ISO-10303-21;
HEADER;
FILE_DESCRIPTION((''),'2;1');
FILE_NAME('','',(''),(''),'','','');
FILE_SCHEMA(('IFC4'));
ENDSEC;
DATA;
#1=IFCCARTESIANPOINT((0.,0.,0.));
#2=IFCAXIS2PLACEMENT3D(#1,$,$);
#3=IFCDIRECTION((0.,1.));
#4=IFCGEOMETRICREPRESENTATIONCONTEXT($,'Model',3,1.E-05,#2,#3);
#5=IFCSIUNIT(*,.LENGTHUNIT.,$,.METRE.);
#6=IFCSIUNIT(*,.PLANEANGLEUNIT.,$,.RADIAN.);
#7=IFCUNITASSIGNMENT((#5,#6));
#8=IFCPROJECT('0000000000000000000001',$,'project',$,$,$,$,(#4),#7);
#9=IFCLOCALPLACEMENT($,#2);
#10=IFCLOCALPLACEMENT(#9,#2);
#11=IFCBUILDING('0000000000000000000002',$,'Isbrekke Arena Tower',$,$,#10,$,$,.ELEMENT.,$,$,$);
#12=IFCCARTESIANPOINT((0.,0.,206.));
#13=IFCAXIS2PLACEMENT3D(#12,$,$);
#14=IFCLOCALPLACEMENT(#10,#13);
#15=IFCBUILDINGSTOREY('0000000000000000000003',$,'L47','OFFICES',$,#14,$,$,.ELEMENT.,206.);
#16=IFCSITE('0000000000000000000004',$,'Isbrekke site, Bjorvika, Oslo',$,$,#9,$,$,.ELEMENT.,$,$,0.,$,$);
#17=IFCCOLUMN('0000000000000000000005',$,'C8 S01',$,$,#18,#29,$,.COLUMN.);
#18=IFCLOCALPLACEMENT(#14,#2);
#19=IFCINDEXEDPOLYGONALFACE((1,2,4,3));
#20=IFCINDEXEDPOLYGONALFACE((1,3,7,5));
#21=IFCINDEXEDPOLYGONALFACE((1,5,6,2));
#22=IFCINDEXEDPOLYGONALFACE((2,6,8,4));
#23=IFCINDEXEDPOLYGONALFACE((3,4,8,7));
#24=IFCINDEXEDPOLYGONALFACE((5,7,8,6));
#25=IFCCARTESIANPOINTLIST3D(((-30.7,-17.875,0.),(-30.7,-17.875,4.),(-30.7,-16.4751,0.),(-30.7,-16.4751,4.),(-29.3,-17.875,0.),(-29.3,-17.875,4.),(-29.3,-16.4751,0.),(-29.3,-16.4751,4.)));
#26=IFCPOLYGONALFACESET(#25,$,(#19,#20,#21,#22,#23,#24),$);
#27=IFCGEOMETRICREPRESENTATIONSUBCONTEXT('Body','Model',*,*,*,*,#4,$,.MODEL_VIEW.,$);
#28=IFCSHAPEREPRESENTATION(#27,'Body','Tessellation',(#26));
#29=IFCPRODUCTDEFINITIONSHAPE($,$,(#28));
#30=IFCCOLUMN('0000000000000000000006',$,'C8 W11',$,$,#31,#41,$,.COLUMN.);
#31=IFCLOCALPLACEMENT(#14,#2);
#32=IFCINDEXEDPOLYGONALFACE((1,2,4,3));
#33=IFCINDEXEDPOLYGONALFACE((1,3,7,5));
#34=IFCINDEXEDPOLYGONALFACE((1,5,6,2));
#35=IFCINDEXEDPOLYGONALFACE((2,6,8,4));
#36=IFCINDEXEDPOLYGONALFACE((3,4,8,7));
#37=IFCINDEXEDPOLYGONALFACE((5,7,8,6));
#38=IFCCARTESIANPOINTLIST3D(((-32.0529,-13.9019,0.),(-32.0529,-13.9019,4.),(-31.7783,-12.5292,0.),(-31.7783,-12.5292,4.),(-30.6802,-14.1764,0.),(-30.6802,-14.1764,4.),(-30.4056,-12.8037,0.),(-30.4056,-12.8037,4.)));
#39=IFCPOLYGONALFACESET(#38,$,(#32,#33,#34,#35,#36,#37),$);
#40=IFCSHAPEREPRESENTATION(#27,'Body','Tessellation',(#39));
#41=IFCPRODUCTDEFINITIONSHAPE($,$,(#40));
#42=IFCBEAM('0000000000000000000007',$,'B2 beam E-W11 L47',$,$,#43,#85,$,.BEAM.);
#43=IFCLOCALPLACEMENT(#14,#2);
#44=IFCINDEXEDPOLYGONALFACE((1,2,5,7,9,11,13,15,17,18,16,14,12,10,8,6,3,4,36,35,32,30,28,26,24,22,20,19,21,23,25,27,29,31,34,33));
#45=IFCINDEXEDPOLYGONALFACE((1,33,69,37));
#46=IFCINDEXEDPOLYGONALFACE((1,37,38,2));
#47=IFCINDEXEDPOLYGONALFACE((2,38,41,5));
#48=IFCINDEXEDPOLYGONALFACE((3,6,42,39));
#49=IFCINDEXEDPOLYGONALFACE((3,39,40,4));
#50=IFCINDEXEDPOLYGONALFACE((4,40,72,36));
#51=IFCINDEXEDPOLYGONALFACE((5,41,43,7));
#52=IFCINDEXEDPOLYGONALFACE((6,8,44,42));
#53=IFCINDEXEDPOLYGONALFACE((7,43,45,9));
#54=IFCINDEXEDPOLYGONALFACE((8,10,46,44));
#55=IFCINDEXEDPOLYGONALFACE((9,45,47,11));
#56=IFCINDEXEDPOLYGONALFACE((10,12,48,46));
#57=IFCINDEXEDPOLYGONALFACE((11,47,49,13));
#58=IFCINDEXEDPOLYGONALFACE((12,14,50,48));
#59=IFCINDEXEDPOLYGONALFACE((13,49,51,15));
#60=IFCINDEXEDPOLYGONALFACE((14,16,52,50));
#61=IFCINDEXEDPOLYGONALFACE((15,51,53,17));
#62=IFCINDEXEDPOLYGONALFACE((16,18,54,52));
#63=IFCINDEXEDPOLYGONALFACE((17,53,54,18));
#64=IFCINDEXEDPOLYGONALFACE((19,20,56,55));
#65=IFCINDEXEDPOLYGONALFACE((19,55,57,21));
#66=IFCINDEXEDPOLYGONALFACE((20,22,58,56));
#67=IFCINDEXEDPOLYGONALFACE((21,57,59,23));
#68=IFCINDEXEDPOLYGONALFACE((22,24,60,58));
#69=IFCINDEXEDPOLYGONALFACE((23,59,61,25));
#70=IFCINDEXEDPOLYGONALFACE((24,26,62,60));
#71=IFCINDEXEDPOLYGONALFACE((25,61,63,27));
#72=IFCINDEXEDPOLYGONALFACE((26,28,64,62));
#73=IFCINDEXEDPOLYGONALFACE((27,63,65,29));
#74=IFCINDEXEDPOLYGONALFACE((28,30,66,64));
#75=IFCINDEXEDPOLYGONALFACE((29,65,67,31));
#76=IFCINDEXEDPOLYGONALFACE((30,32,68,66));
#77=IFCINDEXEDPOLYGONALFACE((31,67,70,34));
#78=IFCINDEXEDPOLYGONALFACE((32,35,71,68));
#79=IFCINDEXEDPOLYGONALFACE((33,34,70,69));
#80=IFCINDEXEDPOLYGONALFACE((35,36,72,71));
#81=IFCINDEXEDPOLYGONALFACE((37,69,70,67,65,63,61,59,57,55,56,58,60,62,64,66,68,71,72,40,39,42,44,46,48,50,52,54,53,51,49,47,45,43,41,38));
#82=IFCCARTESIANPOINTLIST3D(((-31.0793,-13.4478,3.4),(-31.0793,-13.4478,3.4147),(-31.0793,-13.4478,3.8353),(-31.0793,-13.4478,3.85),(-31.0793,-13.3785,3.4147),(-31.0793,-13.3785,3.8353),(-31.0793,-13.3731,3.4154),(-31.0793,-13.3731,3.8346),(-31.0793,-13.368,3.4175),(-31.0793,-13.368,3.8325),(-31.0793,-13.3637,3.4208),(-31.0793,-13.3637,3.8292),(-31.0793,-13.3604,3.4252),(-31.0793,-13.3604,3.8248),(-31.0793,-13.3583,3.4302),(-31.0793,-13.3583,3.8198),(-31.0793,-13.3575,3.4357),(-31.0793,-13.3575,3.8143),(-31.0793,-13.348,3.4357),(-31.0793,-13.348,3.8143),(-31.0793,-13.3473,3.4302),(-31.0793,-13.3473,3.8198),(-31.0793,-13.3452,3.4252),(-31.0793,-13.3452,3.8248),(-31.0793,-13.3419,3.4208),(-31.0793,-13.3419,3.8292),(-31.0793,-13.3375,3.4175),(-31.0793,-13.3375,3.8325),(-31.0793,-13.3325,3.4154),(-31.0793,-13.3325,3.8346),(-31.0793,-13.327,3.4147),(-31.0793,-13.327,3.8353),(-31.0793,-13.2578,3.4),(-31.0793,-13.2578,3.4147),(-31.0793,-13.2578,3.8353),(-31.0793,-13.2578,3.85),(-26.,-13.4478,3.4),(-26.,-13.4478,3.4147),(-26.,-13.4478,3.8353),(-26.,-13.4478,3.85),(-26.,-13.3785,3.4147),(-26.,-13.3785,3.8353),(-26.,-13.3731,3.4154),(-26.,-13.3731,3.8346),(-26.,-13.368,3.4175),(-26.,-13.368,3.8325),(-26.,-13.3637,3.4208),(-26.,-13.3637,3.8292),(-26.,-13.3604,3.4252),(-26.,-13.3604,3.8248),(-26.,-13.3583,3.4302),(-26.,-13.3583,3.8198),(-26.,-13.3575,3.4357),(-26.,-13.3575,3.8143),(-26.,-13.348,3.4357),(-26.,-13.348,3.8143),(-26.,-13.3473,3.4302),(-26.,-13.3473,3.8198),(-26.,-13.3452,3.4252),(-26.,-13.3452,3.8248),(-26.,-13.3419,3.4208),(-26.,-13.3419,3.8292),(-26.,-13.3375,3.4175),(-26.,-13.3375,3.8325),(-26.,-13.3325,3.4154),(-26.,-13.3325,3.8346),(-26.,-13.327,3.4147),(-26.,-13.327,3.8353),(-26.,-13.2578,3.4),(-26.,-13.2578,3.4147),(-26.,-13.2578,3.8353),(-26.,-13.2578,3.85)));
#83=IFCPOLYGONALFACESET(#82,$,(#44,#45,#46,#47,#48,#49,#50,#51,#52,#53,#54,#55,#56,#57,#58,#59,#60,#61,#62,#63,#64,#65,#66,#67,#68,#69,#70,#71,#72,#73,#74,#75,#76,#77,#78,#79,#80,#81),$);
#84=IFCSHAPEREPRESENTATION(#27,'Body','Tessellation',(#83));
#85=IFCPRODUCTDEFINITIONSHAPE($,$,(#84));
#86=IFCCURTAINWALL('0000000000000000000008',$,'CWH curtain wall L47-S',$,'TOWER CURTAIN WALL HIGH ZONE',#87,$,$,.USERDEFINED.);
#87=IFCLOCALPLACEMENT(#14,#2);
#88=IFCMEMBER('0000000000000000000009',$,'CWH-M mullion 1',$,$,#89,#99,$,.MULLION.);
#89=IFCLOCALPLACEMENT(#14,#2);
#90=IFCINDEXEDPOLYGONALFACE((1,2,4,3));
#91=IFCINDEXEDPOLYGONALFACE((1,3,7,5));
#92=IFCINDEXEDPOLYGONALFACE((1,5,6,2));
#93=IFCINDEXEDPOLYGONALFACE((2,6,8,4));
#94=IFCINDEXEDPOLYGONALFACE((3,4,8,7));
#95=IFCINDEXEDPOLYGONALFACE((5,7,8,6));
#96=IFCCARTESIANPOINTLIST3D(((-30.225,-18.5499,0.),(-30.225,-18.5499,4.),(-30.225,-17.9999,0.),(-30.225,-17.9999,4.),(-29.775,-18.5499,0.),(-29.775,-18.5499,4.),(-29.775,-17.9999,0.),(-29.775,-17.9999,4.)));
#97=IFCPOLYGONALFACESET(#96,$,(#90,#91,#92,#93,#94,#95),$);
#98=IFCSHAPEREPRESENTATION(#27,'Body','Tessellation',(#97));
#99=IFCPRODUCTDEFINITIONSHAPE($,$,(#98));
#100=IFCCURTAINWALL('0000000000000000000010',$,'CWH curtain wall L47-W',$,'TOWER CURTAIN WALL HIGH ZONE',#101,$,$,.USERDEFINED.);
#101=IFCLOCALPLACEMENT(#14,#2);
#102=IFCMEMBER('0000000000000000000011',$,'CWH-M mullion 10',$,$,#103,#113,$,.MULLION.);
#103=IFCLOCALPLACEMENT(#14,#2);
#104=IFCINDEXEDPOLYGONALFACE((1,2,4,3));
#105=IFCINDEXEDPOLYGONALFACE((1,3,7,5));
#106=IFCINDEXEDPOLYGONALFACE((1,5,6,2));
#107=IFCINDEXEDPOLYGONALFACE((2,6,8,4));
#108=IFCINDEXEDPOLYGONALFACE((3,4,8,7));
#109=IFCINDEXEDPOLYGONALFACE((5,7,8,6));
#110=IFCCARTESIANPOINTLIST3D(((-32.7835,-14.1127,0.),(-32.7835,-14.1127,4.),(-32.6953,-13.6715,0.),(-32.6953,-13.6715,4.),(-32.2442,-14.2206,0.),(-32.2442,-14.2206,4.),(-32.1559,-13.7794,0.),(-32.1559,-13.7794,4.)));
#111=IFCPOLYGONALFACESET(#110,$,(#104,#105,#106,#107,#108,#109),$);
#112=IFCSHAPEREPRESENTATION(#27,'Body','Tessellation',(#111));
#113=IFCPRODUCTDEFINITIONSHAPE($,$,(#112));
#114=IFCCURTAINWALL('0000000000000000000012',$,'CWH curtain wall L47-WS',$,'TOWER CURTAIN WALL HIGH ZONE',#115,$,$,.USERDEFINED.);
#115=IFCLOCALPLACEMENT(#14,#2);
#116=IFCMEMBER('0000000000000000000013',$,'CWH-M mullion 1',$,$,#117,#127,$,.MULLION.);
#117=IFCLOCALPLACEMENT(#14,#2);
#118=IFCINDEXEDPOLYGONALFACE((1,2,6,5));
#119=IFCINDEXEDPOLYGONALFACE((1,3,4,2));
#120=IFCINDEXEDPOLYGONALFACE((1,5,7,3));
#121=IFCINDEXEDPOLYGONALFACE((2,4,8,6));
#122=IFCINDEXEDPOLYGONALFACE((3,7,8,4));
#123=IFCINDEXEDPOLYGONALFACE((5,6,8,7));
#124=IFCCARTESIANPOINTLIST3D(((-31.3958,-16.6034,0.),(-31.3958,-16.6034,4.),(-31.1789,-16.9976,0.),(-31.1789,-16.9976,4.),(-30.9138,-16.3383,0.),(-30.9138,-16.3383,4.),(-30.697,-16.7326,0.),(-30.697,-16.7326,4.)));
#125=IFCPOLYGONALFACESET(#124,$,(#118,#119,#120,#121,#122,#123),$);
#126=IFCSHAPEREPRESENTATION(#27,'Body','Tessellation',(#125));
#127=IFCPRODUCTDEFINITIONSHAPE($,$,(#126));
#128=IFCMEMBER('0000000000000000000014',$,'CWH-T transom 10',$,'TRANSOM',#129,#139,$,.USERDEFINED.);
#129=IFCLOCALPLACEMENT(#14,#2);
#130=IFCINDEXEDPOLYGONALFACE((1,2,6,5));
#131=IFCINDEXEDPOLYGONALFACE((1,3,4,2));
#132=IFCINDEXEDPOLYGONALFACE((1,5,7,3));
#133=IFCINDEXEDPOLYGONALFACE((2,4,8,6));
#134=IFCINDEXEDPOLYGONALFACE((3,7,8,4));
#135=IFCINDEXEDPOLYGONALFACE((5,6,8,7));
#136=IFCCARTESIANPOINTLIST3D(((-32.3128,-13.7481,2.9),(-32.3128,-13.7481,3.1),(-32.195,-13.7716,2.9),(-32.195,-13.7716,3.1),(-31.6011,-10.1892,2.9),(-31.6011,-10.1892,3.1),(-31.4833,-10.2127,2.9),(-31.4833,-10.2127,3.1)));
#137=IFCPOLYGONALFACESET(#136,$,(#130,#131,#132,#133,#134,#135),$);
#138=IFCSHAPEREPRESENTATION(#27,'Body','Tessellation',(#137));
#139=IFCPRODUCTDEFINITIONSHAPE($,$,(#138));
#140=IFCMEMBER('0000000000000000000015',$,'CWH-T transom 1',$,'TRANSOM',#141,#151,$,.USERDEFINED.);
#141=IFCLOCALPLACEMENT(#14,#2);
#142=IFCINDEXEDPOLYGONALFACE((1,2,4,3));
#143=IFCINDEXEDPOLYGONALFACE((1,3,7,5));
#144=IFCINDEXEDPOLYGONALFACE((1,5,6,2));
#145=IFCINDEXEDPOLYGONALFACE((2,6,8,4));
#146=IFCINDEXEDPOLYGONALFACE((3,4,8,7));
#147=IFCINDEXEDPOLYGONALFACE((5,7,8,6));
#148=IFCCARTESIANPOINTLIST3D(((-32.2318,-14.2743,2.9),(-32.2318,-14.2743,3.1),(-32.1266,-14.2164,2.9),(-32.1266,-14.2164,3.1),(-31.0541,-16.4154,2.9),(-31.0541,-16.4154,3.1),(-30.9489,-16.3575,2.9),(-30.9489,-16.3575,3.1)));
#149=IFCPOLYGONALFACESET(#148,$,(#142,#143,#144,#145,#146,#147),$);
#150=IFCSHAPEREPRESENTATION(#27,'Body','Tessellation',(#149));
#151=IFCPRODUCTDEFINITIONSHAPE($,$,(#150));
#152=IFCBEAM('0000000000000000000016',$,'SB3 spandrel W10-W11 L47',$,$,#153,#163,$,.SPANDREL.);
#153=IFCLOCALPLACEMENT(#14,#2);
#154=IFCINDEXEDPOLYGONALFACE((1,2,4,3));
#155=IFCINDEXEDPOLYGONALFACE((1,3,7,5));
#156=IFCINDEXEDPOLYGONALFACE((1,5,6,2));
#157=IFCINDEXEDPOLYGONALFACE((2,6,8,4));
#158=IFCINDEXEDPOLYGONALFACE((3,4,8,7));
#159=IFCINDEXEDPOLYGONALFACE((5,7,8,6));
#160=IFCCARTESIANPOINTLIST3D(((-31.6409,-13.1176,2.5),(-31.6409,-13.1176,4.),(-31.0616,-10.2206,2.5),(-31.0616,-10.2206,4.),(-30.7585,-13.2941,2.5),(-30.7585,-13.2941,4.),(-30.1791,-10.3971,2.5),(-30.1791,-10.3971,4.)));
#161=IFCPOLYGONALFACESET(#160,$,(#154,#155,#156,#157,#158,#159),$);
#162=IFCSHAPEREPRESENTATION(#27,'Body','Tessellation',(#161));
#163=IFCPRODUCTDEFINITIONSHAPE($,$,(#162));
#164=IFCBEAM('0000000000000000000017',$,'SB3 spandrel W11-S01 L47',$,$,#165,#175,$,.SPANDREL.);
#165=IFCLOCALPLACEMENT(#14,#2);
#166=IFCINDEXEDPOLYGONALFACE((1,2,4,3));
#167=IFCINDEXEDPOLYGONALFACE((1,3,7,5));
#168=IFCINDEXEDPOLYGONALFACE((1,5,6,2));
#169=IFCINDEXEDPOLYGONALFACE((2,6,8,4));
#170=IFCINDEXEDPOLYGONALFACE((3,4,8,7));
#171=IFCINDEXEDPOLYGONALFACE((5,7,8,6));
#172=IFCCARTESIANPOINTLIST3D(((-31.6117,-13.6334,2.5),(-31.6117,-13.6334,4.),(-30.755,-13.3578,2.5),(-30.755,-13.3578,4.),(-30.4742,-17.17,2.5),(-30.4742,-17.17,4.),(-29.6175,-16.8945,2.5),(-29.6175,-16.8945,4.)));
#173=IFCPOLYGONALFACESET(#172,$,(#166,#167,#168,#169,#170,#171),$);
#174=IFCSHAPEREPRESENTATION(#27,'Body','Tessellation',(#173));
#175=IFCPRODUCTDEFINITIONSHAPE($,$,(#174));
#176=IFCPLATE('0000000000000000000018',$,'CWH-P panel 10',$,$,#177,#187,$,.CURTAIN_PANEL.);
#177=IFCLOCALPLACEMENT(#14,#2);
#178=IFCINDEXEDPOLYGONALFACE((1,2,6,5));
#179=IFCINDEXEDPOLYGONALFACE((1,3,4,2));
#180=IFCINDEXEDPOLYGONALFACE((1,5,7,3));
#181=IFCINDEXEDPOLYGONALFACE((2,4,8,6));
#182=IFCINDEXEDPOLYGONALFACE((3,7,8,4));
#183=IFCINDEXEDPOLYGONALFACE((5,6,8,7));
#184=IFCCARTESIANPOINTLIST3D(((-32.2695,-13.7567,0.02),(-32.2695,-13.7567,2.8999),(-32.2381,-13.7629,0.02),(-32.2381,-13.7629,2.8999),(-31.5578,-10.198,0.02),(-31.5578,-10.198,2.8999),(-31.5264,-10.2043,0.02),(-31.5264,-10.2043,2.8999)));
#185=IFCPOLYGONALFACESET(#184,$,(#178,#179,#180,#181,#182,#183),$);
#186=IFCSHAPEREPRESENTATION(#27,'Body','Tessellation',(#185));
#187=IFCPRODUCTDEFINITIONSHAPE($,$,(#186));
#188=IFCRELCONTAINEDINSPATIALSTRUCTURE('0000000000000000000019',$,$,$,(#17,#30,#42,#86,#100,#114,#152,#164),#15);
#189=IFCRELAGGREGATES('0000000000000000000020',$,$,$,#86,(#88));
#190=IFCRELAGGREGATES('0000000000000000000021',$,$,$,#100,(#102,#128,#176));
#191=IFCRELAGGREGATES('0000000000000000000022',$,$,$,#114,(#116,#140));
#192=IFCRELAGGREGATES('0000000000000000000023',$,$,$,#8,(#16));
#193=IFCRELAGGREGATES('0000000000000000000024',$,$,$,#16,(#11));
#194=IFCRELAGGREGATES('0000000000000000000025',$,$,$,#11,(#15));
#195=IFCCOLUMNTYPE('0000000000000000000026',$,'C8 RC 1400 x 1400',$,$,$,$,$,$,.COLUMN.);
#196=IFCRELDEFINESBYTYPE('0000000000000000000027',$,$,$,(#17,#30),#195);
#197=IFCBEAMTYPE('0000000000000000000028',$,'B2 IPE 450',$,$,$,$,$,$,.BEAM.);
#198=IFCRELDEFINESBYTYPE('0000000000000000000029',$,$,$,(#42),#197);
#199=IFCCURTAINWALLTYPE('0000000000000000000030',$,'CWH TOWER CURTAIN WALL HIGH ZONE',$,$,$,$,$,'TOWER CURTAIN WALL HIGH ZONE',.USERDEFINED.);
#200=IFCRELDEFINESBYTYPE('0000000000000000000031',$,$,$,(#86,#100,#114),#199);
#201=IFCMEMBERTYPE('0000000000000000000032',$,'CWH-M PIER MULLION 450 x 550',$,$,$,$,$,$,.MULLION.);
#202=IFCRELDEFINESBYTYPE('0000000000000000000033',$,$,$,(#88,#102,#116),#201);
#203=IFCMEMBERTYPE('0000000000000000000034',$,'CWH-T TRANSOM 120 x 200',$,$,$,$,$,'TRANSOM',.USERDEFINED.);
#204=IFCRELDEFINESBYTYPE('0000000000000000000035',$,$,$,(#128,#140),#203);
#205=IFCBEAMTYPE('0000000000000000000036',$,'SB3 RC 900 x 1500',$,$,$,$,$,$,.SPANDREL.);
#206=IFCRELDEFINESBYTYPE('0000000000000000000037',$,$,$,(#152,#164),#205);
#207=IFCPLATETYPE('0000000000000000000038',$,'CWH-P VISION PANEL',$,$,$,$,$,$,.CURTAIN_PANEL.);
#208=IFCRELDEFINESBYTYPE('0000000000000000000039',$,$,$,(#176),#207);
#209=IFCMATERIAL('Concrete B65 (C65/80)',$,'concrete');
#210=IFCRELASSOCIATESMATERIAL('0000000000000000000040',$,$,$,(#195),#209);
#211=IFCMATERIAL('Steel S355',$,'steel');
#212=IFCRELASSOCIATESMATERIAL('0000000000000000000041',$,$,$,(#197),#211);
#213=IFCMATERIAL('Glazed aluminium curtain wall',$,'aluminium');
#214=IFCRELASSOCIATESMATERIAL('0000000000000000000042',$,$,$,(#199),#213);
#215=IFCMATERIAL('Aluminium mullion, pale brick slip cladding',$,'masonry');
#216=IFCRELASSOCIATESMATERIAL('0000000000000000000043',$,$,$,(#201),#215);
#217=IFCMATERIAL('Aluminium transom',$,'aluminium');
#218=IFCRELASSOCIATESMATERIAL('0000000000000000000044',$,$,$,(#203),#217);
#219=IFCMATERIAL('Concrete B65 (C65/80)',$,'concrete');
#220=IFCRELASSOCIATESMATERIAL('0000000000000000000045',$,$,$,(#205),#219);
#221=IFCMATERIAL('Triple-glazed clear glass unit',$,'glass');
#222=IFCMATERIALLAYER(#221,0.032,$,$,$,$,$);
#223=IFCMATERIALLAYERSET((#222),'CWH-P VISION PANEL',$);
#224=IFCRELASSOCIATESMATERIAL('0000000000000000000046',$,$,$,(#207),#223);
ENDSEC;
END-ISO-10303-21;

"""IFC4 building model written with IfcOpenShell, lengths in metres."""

from ifc_helpers import new_model, si_unit, direction, frame, origin, origin_2d, place, context, subcontext, project, spatial, rectangle, i_section, extrude, material, layer, layer_set, material_profile, profile_set, type_object, element, aggregate, save


model = new_model("IFC4")

# Units and contexts
model_context = context("Model", 3, precision=1e-05, world=origin(), true_north=direction((0.0, 1.0)))
body_context = subcontext(model_context, "Body", "Model", "MODEL_VIEW")
ifc_project = project(units=[si_unit("LENGTHUNIT", "METRE"), si_unit("PLANEANGLEUNIT", "RADIAN")], contexts=[model_context])

# Site, building, storey
site_placement = place(None, origin())
site = spatial("IfcSite", under=ifc_project, at=site_placement, Name="Isbrekke site, Bjorvika, Oslo", CompositionType="ELEMENT", RefElevation=0.0)
building_placement = place(site_placement, origin())
building = spatial("IfcBuilding", under=site, at=building_placement, Name="Isbrekke Arena Tower", CompositionType="ELEMENT")
storey_placement = place(building_placement, frame((0.0, 0.0, 206.0)))
storey = spatial("IfcBuildingStorey", under=building, at=storey_placement, Name="L47", Description="OFFICES", CompositionType="ELEMENT", Elevation=206.0)

# Columns
ifc_material_1 = material(Name="Concrete B65 (C65/80)", Category="concrete")
ifc_material_profile_1 = material_profile(ifc_material_1, rectangle(XDim=1.3999, YDim=1.3999, at=origin_2d()), Name="RC 1400x1400")
ifc_profile_set_1 = profile_set([ifc_material_profile_1], Name="Concrete B65 (C65/80)")
column_type = type_object("IfcColumnType", Name="C8 RC 1400 x 1400", PredefinedType="COLUMN", material=ifc_profile_set_1)
for number, where, z_axis, x_axis, name in (
    (1, (-30.0, -17.175, 0.0), (0.0, 0.0, 1.0), (1.0, 0.0, 0.0), "C8 S01"),
    (2, (-31.2292, -13.3528, 0.0), (0.0, 0.0, 1.0), (-0.196116, -0.980581, 0.0), "C8 W11"),
):
    element("IfcColumn", number, at=place(storey_placement, frame(where, z_axis=z_axis, x_axis=x_axis)), inside=storey, type_object=column_type, Name=name, PredefinedType="COLUMN", context=body_context, shape_type="SweptSolid", body=[
        extrude(rectangle(XDim=1.3999, YDim=1.3999, at=origin_2d()), origin(), (0.0, 0.0, 1.0), 4.0),
    ])

# Beam
ifc_material_2 = material(Name="Steel S355", Category="steel")
ifc_material_profile_2 = material_profile(ifc_material_2, i_section(OverallWidth=0.1899, OverallDepth=0.45, WebThickness=0.0095, FlangeThickness=0.0146, FilletRadius=0.021, at=origin_2d()), Name="IPE 450")
ifc_profile_set_2 = profile_set([ifc_material_profile_2], Name="Steel S355")
beam_type_1 = type_object("IfcBeamType", Name="B2 IPE 450", PredefinedType="BEAM", material=ifc_profile_set_2)
beam_1_placement = place(storey_placement, frame((-31.0793, -13.3528, 3.625), z_axis=(1.0, 0.0, 0.0), x_axis=(0.0, 1.0, 0.0)))
element("IfcBeam", 3, at=beam_1_placement, inside=storey, type_object=beam_type_1, Name="B2 beam E-W11 L47", PredefinedType="BEAM", context=body_context, shape_type="SweptSolid", body=[
    extrude(i_section(OverallWidth=0.1899, OverallDepth=0.45, WebThickness=0.0095, FlangeThickness=0.0146, FilletRadius=0.021, at=origin_2d()), origin(), (0.0, 0.0, 1.0), 5.0793),
])

# Curtain walls, members
ifc_material_3 = material(Name="Glazed aluminium curtain wall", Category="aluminium")
curtain_wall_type = type_object("IfcCurtainWallType", Name="CWH TOWER CURTAIN WALL HIGH ZONE", ElementType="TOWER CURTAIN WALL HIGH ZONE", PredefinedType="USERDEFINED", material=ifc_material_3)
curtain_wall_1_placement = place(storey_placement, origin())
curtain_wall_1 = element("IfcCurtainWall", 4, at=curtain_wall_1_placement, inside=storey, type_object=curtain_wall_type, Name="CWH curtain wall L47-S", ObjectType="TOWER CURTAIN WALL HIGH ZONE", PredefinedType="USERDEFINED")
ifc_material_4 = material(Name="Aluminium mullion, pale brick slip cladding", Category="masonry")
ifc_material_profile_3 = material_profile(ifc_material_4, rectangle(XDim=0.45, YDim=0.55, at=origin_2d()), Name="PIER 450X550")
ifc_profile_set_3 = profile_set([ifc_material_profile_3], Name="Aluminium mullion, pale brick slip cladding")
member_type_1 = type_object("IfcMemberType", Name="CWH-M PIER MULLION 450 x 550", PredefinedType="MULLION", material=ifc_profile_set_3)
member_1_placement = place(storey_placement, frame((-30.0, -18.2749, 0.0), z_axis=(0.0, 0.0, 1.0), x_axis=(1.0, 0.0, 0.0)))
member_1 = element("IfcMember", 5, at=member_1_placement, type_object=member_type_1, Name="CWH-M mullion 1", PredefinedType="MULLION", context=body_context, shape_type="SweptSolid", body=[
    extrude(rectangle(XDim=0.45, YDim=0.55, at=origin_2d()), origin(), (0.0, 0.0, 1.0), 4.0),
])
aggregate(curtain_wall_1, [member_1])
curtain_wall_2_placement = place(storey_placement, origin())
curtain_wall_2 = element("IfcCurtainWall", 6, at=curtain_wall_2_placement, inside=storey, type_object=curtain_wall_type, Name="CWH curtain wall L47-W", ObjectType="TOWER CURTAIN WALL HIGH ZONE", PredefinedType="USERDEFINED")
member_2_placement = place(storey_placement, frame((-32.4697, -13.946, 0.0), z_axis=(0.0, 0.0, 1.0), x_axis=(-0.196116, -0.980581, 0.0)))
member_2 = element("IfcMember", 7, at=member_2_placement, type_object=member_type_1, Name="CWH-M mullion 10", PredefinedType="MULLION", context=body_context, shape_type="SweptSolid", body=[
    extrude(rectangle(XDim=0.45, YDim=0.55, at=origin_2d()), origin(), (0.0, 0.0, 1.0), 4.0),
])
curtain_wall_3_placement = place(storey_placement, origin())
curtain_wall_3 = element("IfcCurtainWall", 8, at=curtain_wall_3_placement, inside=storey, type_object=curtain_wall_type, Name="CWH curtain wall L47-WS", ObjectType="TOWER CURTAIN WALL HIGH ZONE", PredefinedType="USERDEFINED")
member_3_placement = place(storey_placement, frame((-31.0464, -16.668, 0.0), z_axis=(0.0, 0.0, 1.0), x_axis=(0.481919, -0.876216, 0.0)))
member_3 = element("IfcMember", 9, at=member_3_placement, type_object=member_type_1, Name="CWH-M mullion 1", PredefinedType="MULLION", context=body_context, shape_type="SweptSolid", body=[
    extrude(rectangle(XDim=0.45, YDim=0.55, at=origin_2d()), origin(), (0.0, 0.0, 1.0), 4.0),
])

# Members
ifc_material_5 = material(Name="Aluminium transom", Category="aluminium")
ifc_material_profile_4 = material_profile(ifc_material_5, rectangle(XDim=0.1201, YDim=0.2, at=origin_2d()), Name="TRANSOM 120X200")
ifc_profile_set_4 = profile_set([ifc_material_profile_4], Name="Aluminium transom")
member_type_2 = type_object("IfcMemberType", Name="CWH-T TRANSOM 120 x 200", ElementType="TRANSOM", PredefinedType="USERDEFINED", material=ifc_profile_set_4)
member_4_placement = place(storey_placement, frame((-31.5422, -10.2009, 3.0), z_axis=(-0.19609, -0.980586, 0.0), x_axis=(0.980586, -0.19609, 0.0)))
member_4 = element("IfcMember", 10, at=member_4_placement, type_object=member_type_2, Name="CWH-T transom 10", ObjectType="TRANSOM", PredefinedType="USERDEFINED", context=body_context, shape_type="SweptSolid", body=[
    extrude(rectangle(XDim=0.1201, YDim=0.2, at=origin_2d()), origin(), (0.0, 0.0, 1.0), 3.6294),
])
member_5_placement = place(storey_placement, frame((-32.1792, -14.2454, 3.0), z_axis=(0.481957, -0.876195, 0.0), x_axis=(0.876195, 0.481957, 0.0)))
member_5 = element("IfcMember", 11, at=member_5_placement, type_object=member_type_2, Name="CWH-T transom 1", ObjectType="TRANSOM", PredefinedType="USERDEFINED", context=body_context, shape_type="SweptSolid", body=[
    extrude(rectangle(XDim=0.1201, YDim=0.2, at=origin_2d()), origin(), (0.0, 0.0, 1.0), 2.4436),
])

# Beams
ifc_material_6 = material(Name="Concrete B65 (C65/80)", Category="concrete")
ifc_material_profile_5 = material_profile(ifc_material_6, rectangle(XDim=0.8999, YDim=1.5, at=origin_2d()), Name="RC 900x1500")
ifc_profile_set_5 = profile_set([ifc_material_profile_5], Name="Concrete B65 (C65/80)")
beam_type_2 = type_object("IfcBeamType", Name="SB3 RC 900 x 1500", PredefinedType="SPANDREL", material=ifc_profile_set_5)
beam_2_placement = place(storey_placement, frame((-30.6204, -10.3088, 3.25), z_axis=(-0.1961, -0.980584, 0.0), x_axis=(0.980584, -0.1961, 0.0)))
element("IfcBeam", 12, at=beam_2_placement, inside=storey, type_object=beam_type_2, Name="SB3 spandrel W10-W11 L47", PredefinedType="SPANDREL", context=body_context, shape_type="SweptSolid", body=[
    extrude(rectangle(XDim=0.8999, YDim=1.5, at=origin_2d()), origin(), (0.0, 0.0, 1.0), 2.9543),
])
beam_3_placement = place(storey_placement, frame((-31.1833, -13.4956, 3.25), z_axis=(0.306175, -0.951975, 0.0), x_axis=(0.951975, 0.306175, 0.0)))
element("IfcBeam", 13, at=beam_3_placement, inside=storey, type_object=beam_type_2, Name="SB3 spandrel W11-S01 L47", PredefinedType="SPANDREL", context=body_context, shape_type="SweptSolid", body=[
    extrude(rectangle(XDim=0.8999, YDim=1.5, at=origin_2d()), origin(), (0.0, 0.0, 1.0), 3.7151),
])

# Plate
ifc_material_7 = material(Name="Triple-glazed clear glass unit", Category="glass")
ifc_layer = layer(ifc_material_7, 0.032)
ifc_layer_set = layer_set([ifc_layer], Name="CWH-P VISION PANEL")
plate_type = type_object("IfcPlateType", Name="CWH-P VISION PANEL", PredefinedType="CURTAIN_PANEL", material=ifc_layer_set)
plate_1_placement = place(storey_placement, frame((-31.8979, -11.9805, 0.02), z_axis=(0.0, 0.0, 1.0), x_axis=(-0.196116, -0.980581, 0.0)))
plate_1 = element("IfcPlate", 14, at=plate_1_placement, type_object=plate_type, Name="CWH-P panel 10", PredefinedType="CURTAIN_PANEL", context=body_context, shape_type="SweptSolid", body=[
    extrude(rectangle(XDim=3.6292, YDim=0.032, at=origin_2d()), origin(), (0.0, 0.0, 1.0), 2.8799),
])
aggregate(curtain_wall_2, [member_2, member_4, plate_1])
aggregate(curtain_wall_3, [member_3, member_5])

save(model, "model.ifc")
